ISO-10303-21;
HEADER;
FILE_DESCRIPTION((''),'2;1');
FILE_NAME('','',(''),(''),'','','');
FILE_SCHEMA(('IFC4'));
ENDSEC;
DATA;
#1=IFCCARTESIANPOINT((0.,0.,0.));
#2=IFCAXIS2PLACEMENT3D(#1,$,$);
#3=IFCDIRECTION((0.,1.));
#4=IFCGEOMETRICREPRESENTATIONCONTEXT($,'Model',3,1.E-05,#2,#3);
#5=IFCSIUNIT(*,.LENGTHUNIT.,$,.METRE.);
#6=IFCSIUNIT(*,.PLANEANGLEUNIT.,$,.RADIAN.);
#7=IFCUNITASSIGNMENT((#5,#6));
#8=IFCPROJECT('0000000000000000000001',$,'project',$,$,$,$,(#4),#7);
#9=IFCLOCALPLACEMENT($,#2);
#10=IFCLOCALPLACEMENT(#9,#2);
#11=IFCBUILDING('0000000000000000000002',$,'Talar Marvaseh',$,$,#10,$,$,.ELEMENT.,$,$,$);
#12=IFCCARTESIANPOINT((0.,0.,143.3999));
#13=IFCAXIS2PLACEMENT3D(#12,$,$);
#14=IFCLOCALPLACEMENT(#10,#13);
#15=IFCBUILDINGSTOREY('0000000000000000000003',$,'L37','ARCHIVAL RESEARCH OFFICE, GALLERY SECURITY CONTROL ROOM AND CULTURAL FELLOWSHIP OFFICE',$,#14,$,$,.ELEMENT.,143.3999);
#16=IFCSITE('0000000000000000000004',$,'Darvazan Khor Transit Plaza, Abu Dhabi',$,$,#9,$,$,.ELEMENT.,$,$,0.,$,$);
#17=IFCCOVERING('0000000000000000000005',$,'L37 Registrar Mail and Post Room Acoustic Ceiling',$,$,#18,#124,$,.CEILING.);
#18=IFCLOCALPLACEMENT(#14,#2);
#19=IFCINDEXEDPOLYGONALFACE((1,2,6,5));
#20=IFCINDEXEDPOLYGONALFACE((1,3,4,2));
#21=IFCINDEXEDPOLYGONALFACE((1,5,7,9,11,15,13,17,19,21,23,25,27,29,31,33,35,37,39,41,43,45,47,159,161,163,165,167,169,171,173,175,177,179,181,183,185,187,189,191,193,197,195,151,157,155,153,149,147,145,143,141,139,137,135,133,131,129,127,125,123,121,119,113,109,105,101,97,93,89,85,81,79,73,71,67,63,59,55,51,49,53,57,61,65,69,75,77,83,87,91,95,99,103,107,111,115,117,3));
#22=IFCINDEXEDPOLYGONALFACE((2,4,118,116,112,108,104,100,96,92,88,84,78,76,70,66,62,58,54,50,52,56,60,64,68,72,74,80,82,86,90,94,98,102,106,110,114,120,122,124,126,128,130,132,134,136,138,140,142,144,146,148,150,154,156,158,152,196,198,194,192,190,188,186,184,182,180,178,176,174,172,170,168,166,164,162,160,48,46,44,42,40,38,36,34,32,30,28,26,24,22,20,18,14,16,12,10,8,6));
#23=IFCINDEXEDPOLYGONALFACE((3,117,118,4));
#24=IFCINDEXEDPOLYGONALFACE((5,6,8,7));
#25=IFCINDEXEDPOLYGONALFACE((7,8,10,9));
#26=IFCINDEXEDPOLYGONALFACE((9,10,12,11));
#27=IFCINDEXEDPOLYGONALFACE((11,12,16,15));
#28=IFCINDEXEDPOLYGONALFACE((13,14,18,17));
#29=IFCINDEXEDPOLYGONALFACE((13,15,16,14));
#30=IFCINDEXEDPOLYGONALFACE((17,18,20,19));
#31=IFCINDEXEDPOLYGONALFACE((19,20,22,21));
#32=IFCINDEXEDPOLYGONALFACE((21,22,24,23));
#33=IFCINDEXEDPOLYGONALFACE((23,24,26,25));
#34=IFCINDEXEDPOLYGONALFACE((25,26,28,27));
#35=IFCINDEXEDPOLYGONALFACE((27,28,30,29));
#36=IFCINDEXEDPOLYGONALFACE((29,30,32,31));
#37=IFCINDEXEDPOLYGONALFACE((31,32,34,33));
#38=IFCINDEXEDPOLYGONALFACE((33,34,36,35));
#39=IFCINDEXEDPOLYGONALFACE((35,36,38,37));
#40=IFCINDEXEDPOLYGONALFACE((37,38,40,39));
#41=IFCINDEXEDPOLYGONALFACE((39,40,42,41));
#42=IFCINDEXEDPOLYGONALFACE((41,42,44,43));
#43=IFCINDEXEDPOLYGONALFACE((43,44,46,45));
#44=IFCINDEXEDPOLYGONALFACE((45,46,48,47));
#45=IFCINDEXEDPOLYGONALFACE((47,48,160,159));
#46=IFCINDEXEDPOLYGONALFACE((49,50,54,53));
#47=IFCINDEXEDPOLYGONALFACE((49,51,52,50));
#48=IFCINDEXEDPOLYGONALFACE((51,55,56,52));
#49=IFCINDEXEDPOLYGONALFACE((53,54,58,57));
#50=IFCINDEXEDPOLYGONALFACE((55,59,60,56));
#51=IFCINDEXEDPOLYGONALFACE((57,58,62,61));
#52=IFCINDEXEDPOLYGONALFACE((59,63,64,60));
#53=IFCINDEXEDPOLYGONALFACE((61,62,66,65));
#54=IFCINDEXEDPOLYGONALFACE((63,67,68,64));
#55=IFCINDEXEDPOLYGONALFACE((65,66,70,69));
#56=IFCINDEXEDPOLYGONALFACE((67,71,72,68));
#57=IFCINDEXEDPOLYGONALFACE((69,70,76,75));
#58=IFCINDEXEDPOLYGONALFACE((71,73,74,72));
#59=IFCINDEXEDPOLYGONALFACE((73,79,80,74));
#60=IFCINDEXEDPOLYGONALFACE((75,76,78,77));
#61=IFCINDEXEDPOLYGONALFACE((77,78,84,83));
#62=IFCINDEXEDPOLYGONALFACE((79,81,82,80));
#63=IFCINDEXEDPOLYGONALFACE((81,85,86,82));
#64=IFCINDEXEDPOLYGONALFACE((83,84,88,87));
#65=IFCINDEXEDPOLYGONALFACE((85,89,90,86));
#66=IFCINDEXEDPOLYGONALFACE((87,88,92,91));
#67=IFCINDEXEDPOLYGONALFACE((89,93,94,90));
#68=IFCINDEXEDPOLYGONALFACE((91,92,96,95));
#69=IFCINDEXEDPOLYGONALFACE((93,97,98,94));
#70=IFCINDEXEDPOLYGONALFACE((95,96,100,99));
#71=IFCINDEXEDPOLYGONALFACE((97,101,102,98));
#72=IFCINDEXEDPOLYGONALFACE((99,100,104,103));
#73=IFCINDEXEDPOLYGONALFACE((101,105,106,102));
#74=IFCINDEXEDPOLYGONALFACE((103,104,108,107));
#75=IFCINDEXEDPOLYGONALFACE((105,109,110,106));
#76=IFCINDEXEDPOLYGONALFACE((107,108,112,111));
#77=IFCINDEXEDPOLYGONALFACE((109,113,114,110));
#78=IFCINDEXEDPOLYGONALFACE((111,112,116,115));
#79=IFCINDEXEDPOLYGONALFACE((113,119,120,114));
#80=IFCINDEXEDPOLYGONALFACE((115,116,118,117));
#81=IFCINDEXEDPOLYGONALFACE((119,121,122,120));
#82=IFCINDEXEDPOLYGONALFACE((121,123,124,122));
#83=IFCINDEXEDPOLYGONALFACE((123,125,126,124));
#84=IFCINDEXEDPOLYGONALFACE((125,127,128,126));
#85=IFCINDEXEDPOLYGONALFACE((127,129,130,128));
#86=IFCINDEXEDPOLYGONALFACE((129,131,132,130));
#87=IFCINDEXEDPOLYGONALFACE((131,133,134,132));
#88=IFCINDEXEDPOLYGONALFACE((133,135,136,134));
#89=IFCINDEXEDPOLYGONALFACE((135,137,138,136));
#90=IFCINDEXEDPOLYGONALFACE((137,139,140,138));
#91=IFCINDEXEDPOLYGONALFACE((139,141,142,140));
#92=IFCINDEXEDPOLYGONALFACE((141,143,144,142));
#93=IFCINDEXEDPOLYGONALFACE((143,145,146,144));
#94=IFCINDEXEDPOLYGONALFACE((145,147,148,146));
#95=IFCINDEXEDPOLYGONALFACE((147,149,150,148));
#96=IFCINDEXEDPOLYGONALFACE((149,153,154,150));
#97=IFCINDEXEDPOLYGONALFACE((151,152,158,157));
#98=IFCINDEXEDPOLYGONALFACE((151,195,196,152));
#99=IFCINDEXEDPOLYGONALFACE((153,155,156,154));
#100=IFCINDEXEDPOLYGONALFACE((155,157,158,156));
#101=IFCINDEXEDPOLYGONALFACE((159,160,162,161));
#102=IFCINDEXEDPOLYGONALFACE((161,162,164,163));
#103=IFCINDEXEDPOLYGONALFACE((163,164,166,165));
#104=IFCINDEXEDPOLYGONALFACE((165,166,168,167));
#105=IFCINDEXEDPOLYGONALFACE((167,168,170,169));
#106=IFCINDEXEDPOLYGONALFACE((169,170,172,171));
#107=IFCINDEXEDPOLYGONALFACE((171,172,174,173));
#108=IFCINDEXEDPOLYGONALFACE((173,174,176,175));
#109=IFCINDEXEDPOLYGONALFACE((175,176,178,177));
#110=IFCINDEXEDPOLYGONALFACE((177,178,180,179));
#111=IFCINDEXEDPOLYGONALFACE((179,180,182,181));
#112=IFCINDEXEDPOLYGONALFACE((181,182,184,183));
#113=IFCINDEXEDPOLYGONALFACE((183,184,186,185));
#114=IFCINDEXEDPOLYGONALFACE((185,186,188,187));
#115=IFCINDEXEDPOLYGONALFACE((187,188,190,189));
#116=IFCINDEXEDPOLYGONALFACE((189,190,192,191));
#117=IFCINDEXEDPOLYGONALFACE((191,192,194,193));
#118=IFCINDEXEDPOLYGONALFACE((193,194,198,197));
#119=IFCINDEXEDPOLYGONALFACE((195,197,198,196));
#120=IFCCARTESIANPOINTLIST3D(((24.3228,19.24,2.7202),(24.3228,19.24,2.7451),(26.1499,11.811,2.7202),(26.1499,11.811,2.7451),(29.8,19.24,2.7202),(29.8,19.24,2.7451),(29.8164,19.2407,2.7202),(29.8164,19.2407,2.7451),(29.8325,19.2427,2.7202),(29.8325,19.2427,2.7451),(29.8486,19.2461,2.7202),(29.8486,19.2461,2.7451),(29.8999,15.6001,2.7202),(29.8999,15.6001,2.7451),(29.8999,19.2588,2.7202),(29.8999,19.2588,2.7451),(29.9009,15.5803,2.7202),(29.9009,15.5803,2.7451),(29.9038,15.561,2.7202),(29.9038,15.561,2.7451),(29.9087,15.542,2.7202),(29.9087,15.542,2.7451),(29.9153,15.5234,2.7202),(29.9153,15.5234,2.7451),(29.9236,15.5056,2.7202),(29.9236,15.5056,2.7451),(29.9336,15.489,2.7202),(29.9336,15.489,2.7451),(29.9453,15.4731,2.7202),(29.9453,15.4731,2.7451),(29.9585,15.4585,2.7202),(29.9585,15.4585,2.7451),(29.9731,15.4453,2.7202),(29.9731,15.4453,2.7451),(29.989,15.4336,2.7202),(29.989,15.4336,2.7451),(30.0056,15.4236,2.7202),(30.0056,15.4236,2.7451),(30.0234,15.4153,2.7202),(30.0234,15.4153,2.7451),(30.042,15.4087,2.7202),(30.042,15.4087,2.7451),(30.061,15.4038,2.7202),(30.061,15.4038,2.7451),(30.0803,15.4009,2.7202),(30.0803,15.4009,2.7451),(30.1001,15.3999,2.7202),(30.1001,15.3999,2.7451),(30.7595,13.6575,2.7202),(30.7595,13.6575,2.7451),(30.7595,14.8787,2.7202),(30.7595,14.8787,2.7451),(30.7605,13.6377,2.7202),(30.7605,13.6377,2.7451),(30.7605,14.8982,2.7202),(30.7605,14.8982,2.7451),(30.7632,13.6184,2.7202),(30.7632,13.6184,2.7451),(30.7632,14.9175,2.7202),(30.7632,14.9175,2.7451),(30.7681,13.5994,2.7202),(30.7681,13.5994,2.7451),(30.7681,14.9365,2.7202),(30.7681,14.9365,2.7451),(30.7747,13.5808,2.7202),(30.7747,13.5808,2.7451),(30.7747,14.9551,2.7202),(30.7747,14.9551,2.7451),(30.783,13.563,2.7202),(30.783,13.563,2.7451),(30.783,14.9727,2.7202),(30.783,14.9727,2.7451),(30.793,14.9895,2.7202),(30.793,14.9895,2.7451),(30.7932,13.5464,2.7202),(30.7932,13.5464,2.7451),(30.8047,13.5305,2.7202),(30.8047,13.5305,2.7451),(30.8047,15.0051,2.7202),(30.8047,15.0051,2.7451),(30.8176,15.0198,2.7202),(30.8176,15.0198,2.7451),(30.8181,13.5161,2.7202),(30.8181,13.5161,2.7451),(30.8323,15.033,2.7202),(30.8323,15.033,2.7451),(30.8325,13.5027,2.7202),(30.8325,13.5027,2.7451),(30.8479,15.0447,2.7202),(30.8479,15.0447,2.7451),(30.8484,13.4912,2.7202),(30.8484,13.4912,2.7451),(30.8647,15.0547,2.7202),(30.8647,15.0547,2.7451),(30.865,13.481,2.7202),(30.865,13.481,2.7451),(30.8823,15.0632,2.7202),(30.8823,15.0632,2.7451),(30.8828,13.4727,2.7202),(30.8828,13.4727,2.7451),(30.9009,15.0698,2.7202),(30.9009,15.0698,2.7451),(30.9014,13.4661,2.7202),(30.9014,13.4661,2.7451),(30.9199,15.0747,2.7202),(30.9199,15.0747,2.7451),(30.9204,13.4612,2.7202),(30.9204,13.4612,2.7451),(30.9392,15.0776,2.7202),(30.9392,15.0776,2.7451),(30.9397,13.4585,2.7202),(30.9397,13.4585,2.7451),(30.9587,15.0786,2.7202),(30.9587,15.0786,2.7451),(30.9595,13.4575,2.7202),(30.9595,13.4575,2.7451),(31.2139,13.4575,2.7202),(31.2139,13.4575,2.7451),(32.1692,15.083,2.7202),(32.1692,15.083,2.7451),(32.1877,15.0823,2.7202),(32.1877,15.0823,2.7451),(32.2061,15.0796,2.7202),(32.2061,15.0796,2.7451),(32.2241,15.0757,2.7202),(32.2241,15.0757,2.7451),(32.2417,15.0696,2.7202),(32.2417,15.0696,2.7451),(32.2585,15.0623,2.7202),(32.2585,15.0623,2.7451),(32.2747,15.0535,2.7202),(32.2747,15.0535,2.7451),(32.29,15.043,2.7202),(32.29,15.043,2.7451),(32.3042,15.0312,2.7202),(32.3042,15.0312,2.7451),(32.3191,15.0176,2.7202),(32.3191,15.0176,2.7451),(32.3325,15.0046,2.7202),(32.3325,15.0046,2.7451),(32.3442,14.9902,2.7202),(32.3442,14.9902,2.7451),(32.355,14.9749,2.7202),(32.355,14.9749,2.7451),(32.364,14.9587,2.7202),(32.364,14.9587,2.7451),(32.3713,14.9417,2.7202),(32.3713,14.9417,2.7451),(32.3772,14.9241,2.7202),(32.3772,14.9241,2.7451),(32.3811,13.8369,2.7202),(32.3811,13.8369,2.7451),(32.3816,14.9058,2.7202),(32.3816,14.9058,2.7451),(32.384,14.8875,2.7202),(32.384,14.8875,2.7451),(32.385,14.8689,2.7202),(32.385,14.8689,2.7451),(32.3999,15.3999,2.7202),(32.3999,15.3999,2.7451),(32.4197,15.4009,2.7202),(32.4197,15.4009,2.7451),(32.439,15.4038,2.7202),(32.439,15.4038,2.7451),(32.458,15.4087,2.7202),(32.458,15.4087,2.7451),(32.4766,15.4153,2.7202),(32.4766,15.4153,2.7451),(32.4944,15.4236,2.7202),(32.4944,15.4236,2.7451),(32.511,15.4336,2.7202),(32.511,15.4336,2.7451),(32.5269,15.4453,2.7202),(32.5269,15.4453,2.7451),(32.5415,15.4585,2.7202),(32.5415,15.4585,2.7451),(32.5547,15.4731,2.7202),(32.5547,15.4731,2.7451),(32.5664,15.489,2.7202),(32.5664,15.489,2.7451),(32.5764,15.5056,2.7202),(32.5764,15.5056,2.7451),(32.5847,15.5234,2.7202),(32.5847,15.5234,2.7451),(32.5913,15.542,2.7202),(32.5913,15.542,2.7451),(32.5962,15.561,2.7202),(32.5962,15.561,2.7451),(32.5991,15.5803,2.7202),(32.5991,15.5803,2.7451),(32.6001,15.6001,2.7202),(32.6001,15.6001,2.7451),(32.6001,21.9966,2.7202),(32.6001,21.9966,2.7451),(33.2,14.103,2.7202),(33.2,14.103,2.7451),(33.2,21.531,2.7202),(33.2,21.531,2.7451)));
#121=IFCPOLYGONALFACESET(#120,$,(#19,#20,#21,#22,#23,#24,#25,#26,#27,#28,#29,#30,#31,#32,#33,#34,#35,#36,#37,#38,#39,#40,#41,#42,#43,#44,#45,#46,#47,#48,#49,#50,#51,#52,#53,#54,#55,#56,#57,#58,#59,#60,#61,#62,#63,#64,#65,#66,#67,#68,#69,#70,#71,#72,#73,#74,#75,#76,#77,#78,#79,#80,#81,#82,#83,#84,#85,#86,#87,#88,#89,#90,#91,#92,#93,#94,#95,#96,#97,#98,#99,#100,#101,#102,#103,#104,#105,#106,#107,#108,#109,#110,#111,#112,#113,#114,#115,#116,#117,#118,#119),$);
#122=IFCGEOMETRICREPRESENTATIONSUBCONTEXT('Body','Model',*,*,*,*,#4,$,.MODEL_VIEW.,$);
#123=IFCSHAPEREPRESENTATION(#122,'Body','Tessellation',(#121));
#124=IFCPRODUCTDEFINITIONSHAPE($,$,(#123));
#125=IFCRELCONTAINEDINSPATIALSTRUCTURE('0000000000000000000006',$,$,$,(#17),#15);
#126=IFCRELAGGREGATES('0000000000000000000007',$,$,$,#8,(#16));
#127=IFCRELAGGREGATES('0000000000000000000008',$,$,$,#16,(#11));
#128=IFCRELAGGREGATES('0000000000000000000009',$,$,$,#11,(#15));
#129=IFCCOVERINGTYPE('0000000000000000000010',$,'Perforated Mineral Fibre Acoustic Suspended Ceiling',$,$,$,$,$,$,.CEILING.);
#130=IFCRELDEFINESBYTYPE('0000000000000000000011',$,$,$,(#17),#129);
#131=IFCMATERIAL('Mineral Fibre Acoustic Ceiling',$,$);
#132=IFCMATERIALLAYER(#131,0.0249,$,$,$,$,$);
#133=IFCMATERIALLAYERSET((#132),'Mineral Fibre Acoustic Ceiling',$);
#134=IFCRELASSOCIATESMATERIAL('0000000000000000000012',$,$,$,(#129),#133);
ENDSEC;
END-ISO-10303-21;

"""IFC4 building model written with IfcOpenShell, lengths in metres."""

from ifc_helpers import new_model, si_unit, direction, frame, origin, place, context, subcontext, project, spatial, polyline, outline, extrude, material, layer, layer_set, type_object, element, save


model = new_model("IFC4")

# Units and contexts
model_context = context("Model", 3, precision=1e-05, world=origin(), true_north=direction((0.0, 1.0)))
body_context = subcontext(model_context, "Body", "Model", "MODEL_VIEW")
ifc_project = project(units=[si_unit("LENGTHUNIT", "METRE"), si_unit("PLANEANGLEUNIT", "RADIAN")], contexts=[model_context])

# Site, building, storey
site_placement = place(None, origin())
site = spatial("IfcSite", under=ifc_project, at=site_placement, Name="Darvazan Khor Transit Plaza, Abu Dhabi", CompositionType="ELEMENT", RefElevation=0.0)
building_placement = place(site_placement, origin())
building = spatial("IfcBuilding", under=site, at=building_placement, Name="Talar Marvaseh", CompositionType="ELEMENT")
storey_placement = place(building_placement, frame((0.0, 0.0, 143.3999)))
storey = spatial("IfcBuildingStorey", under=building, at=storey_placement, Name="L37", Description="ARCHIVAL RESEARCH OFFICE, GALLERY SECURITY CONTROL ROOM AND CULTURAL FELLOWSHIP OFFICE", CompositionType="ELEMENT", Elevation=143.3999)

# Covering
ifc_material_1 = material(Name="Mineral Fibre Acoustic Ceiling")
ifc_layer_1 = layer(ifc_material_1, 0.0249)
ifc_layer_set_1 = layer_set([ifc_layer_1], Name="Mineral Fibre Acoustic Ceiling")
covering_type_1 = type_object("IfcCoveringType", Name="Perforated Mineral Fibre Acoustic Suspended Ceiling", PredefinedType="CEILING", material=ifc_layer_set_1)
covering_1_placement = place(storey_placement, frame((0.0, 0.0, 2.7202)))
element("IfcCovering", 1, at=covering_1_placement, inside=storey, type_object=covering_type_1, Name="L37 Registrar Mail and Post Room Acoustic Ceiling", PredefinedType="CEILING", context=body_context, shape_type="SweptSolid", body=[
    extrude(outline(polyline([(29.9009, 15.5803), (29.9038, 15.561), (29.9087, 15.542), (29.9153, 15.5234), (29.9236, 15.5056), (29.9336, 15.489), (29.9453, 15.4731), (29.9585, 15.4585), (29.9731, 15.4453), (29.989, 15.4336), (30.0056, 15.4236), (30.0234, 15.4153), (30.042, 15.4087), (30.061, 15.4038), (30.0803, 15.4009), (30.1001, 15.3999), (32.3999, 15.3999), (32.4197, 15.4009), (32.439, 15.4038), (32.458, 15.4087), (32.4766, 15.4153), (32.4944, 15.4236), (32.511, 15.4336), (32.5269, 15.4453), (32.5415, 15.4585), (32.5547, 15.4731), (32.5664, 15.489), (32.5764, 15.5056), (32.5847, 15.5234), (32.5913, 15.542), (32.5962, 15.561), (32.5991, 15.5803), (32.6001, 15.6001), (32.6001, 21.9966), (33.2, 21.531), (33.2, 14.103), (32.3811, 13.8369), (32.385, 14.8689), (32.384, 14.8875), (32.3816, 14.9058), (32.3772, 14.9241), (32.3713, 14.9417), (32.364, 14.9587), (32.355, 14.9749), (32.3442, 14.9902), (32.3325, 15.0046), (32.3191, 15.0176), (32.3042, 15.0312), (32.29, 15.043), (32.2747, 15.0535), (32.2585, 15.0623), (32.2417, 15.0696), (32.2241, 15.0757), (32.2061, 15.0796), (32.1877, 15.0823), (32.1692, 15.083), (30.9587, 15.0786), (30.9392, 15.0776), (30.9199, 15.0747), (30.9009, 15.0698), (30.8823, 15.0632), (30.8647, 15.0547), (30.8479, 15.0447), (30.8323, 15.033), (30.8176, 15.0198), (30.8047, 15.0051), (30.793, 14.9895), (30.783, 14.9727), (30.7747, 14.9551), (30.7681, 14.9365), (30.7632, 14.9175), (30.7605, 14.8982), (30.7595, 14.8787), (30.7595, 13.6575), (30.7605, 13.6377), (30.7632, 13.6184), (30.7681, 13.5994), (30.7747, 13.5808), (30.783, 13.563), (30.7932, 13.5464), (30.8047, 13.5305), (30.8181, 13.5161), (30.8325, 13.5027), (30.8484, 13.4912), (30.865, 13.481), (30.8828, 13.4727), (30.9014, 13.4661), (30.9204, 13.4612), (30.9397, 13.4585), (30.9595, 13.4575), (31.2139, 13.4575), (26.1499, 11.811), (24.3228, 19.24), (29.8, 19.24), (29.8164, 19.2407), (29.8325, 19.2427), (29.8486, 19.2461), (29.8999, 19.2588), (29.8999, 15.6001), (29.9009, 15.5803)])), origin(), (0.0, 0.0, 1.0), 0.0249),
])

save(model, "model.ifc")
